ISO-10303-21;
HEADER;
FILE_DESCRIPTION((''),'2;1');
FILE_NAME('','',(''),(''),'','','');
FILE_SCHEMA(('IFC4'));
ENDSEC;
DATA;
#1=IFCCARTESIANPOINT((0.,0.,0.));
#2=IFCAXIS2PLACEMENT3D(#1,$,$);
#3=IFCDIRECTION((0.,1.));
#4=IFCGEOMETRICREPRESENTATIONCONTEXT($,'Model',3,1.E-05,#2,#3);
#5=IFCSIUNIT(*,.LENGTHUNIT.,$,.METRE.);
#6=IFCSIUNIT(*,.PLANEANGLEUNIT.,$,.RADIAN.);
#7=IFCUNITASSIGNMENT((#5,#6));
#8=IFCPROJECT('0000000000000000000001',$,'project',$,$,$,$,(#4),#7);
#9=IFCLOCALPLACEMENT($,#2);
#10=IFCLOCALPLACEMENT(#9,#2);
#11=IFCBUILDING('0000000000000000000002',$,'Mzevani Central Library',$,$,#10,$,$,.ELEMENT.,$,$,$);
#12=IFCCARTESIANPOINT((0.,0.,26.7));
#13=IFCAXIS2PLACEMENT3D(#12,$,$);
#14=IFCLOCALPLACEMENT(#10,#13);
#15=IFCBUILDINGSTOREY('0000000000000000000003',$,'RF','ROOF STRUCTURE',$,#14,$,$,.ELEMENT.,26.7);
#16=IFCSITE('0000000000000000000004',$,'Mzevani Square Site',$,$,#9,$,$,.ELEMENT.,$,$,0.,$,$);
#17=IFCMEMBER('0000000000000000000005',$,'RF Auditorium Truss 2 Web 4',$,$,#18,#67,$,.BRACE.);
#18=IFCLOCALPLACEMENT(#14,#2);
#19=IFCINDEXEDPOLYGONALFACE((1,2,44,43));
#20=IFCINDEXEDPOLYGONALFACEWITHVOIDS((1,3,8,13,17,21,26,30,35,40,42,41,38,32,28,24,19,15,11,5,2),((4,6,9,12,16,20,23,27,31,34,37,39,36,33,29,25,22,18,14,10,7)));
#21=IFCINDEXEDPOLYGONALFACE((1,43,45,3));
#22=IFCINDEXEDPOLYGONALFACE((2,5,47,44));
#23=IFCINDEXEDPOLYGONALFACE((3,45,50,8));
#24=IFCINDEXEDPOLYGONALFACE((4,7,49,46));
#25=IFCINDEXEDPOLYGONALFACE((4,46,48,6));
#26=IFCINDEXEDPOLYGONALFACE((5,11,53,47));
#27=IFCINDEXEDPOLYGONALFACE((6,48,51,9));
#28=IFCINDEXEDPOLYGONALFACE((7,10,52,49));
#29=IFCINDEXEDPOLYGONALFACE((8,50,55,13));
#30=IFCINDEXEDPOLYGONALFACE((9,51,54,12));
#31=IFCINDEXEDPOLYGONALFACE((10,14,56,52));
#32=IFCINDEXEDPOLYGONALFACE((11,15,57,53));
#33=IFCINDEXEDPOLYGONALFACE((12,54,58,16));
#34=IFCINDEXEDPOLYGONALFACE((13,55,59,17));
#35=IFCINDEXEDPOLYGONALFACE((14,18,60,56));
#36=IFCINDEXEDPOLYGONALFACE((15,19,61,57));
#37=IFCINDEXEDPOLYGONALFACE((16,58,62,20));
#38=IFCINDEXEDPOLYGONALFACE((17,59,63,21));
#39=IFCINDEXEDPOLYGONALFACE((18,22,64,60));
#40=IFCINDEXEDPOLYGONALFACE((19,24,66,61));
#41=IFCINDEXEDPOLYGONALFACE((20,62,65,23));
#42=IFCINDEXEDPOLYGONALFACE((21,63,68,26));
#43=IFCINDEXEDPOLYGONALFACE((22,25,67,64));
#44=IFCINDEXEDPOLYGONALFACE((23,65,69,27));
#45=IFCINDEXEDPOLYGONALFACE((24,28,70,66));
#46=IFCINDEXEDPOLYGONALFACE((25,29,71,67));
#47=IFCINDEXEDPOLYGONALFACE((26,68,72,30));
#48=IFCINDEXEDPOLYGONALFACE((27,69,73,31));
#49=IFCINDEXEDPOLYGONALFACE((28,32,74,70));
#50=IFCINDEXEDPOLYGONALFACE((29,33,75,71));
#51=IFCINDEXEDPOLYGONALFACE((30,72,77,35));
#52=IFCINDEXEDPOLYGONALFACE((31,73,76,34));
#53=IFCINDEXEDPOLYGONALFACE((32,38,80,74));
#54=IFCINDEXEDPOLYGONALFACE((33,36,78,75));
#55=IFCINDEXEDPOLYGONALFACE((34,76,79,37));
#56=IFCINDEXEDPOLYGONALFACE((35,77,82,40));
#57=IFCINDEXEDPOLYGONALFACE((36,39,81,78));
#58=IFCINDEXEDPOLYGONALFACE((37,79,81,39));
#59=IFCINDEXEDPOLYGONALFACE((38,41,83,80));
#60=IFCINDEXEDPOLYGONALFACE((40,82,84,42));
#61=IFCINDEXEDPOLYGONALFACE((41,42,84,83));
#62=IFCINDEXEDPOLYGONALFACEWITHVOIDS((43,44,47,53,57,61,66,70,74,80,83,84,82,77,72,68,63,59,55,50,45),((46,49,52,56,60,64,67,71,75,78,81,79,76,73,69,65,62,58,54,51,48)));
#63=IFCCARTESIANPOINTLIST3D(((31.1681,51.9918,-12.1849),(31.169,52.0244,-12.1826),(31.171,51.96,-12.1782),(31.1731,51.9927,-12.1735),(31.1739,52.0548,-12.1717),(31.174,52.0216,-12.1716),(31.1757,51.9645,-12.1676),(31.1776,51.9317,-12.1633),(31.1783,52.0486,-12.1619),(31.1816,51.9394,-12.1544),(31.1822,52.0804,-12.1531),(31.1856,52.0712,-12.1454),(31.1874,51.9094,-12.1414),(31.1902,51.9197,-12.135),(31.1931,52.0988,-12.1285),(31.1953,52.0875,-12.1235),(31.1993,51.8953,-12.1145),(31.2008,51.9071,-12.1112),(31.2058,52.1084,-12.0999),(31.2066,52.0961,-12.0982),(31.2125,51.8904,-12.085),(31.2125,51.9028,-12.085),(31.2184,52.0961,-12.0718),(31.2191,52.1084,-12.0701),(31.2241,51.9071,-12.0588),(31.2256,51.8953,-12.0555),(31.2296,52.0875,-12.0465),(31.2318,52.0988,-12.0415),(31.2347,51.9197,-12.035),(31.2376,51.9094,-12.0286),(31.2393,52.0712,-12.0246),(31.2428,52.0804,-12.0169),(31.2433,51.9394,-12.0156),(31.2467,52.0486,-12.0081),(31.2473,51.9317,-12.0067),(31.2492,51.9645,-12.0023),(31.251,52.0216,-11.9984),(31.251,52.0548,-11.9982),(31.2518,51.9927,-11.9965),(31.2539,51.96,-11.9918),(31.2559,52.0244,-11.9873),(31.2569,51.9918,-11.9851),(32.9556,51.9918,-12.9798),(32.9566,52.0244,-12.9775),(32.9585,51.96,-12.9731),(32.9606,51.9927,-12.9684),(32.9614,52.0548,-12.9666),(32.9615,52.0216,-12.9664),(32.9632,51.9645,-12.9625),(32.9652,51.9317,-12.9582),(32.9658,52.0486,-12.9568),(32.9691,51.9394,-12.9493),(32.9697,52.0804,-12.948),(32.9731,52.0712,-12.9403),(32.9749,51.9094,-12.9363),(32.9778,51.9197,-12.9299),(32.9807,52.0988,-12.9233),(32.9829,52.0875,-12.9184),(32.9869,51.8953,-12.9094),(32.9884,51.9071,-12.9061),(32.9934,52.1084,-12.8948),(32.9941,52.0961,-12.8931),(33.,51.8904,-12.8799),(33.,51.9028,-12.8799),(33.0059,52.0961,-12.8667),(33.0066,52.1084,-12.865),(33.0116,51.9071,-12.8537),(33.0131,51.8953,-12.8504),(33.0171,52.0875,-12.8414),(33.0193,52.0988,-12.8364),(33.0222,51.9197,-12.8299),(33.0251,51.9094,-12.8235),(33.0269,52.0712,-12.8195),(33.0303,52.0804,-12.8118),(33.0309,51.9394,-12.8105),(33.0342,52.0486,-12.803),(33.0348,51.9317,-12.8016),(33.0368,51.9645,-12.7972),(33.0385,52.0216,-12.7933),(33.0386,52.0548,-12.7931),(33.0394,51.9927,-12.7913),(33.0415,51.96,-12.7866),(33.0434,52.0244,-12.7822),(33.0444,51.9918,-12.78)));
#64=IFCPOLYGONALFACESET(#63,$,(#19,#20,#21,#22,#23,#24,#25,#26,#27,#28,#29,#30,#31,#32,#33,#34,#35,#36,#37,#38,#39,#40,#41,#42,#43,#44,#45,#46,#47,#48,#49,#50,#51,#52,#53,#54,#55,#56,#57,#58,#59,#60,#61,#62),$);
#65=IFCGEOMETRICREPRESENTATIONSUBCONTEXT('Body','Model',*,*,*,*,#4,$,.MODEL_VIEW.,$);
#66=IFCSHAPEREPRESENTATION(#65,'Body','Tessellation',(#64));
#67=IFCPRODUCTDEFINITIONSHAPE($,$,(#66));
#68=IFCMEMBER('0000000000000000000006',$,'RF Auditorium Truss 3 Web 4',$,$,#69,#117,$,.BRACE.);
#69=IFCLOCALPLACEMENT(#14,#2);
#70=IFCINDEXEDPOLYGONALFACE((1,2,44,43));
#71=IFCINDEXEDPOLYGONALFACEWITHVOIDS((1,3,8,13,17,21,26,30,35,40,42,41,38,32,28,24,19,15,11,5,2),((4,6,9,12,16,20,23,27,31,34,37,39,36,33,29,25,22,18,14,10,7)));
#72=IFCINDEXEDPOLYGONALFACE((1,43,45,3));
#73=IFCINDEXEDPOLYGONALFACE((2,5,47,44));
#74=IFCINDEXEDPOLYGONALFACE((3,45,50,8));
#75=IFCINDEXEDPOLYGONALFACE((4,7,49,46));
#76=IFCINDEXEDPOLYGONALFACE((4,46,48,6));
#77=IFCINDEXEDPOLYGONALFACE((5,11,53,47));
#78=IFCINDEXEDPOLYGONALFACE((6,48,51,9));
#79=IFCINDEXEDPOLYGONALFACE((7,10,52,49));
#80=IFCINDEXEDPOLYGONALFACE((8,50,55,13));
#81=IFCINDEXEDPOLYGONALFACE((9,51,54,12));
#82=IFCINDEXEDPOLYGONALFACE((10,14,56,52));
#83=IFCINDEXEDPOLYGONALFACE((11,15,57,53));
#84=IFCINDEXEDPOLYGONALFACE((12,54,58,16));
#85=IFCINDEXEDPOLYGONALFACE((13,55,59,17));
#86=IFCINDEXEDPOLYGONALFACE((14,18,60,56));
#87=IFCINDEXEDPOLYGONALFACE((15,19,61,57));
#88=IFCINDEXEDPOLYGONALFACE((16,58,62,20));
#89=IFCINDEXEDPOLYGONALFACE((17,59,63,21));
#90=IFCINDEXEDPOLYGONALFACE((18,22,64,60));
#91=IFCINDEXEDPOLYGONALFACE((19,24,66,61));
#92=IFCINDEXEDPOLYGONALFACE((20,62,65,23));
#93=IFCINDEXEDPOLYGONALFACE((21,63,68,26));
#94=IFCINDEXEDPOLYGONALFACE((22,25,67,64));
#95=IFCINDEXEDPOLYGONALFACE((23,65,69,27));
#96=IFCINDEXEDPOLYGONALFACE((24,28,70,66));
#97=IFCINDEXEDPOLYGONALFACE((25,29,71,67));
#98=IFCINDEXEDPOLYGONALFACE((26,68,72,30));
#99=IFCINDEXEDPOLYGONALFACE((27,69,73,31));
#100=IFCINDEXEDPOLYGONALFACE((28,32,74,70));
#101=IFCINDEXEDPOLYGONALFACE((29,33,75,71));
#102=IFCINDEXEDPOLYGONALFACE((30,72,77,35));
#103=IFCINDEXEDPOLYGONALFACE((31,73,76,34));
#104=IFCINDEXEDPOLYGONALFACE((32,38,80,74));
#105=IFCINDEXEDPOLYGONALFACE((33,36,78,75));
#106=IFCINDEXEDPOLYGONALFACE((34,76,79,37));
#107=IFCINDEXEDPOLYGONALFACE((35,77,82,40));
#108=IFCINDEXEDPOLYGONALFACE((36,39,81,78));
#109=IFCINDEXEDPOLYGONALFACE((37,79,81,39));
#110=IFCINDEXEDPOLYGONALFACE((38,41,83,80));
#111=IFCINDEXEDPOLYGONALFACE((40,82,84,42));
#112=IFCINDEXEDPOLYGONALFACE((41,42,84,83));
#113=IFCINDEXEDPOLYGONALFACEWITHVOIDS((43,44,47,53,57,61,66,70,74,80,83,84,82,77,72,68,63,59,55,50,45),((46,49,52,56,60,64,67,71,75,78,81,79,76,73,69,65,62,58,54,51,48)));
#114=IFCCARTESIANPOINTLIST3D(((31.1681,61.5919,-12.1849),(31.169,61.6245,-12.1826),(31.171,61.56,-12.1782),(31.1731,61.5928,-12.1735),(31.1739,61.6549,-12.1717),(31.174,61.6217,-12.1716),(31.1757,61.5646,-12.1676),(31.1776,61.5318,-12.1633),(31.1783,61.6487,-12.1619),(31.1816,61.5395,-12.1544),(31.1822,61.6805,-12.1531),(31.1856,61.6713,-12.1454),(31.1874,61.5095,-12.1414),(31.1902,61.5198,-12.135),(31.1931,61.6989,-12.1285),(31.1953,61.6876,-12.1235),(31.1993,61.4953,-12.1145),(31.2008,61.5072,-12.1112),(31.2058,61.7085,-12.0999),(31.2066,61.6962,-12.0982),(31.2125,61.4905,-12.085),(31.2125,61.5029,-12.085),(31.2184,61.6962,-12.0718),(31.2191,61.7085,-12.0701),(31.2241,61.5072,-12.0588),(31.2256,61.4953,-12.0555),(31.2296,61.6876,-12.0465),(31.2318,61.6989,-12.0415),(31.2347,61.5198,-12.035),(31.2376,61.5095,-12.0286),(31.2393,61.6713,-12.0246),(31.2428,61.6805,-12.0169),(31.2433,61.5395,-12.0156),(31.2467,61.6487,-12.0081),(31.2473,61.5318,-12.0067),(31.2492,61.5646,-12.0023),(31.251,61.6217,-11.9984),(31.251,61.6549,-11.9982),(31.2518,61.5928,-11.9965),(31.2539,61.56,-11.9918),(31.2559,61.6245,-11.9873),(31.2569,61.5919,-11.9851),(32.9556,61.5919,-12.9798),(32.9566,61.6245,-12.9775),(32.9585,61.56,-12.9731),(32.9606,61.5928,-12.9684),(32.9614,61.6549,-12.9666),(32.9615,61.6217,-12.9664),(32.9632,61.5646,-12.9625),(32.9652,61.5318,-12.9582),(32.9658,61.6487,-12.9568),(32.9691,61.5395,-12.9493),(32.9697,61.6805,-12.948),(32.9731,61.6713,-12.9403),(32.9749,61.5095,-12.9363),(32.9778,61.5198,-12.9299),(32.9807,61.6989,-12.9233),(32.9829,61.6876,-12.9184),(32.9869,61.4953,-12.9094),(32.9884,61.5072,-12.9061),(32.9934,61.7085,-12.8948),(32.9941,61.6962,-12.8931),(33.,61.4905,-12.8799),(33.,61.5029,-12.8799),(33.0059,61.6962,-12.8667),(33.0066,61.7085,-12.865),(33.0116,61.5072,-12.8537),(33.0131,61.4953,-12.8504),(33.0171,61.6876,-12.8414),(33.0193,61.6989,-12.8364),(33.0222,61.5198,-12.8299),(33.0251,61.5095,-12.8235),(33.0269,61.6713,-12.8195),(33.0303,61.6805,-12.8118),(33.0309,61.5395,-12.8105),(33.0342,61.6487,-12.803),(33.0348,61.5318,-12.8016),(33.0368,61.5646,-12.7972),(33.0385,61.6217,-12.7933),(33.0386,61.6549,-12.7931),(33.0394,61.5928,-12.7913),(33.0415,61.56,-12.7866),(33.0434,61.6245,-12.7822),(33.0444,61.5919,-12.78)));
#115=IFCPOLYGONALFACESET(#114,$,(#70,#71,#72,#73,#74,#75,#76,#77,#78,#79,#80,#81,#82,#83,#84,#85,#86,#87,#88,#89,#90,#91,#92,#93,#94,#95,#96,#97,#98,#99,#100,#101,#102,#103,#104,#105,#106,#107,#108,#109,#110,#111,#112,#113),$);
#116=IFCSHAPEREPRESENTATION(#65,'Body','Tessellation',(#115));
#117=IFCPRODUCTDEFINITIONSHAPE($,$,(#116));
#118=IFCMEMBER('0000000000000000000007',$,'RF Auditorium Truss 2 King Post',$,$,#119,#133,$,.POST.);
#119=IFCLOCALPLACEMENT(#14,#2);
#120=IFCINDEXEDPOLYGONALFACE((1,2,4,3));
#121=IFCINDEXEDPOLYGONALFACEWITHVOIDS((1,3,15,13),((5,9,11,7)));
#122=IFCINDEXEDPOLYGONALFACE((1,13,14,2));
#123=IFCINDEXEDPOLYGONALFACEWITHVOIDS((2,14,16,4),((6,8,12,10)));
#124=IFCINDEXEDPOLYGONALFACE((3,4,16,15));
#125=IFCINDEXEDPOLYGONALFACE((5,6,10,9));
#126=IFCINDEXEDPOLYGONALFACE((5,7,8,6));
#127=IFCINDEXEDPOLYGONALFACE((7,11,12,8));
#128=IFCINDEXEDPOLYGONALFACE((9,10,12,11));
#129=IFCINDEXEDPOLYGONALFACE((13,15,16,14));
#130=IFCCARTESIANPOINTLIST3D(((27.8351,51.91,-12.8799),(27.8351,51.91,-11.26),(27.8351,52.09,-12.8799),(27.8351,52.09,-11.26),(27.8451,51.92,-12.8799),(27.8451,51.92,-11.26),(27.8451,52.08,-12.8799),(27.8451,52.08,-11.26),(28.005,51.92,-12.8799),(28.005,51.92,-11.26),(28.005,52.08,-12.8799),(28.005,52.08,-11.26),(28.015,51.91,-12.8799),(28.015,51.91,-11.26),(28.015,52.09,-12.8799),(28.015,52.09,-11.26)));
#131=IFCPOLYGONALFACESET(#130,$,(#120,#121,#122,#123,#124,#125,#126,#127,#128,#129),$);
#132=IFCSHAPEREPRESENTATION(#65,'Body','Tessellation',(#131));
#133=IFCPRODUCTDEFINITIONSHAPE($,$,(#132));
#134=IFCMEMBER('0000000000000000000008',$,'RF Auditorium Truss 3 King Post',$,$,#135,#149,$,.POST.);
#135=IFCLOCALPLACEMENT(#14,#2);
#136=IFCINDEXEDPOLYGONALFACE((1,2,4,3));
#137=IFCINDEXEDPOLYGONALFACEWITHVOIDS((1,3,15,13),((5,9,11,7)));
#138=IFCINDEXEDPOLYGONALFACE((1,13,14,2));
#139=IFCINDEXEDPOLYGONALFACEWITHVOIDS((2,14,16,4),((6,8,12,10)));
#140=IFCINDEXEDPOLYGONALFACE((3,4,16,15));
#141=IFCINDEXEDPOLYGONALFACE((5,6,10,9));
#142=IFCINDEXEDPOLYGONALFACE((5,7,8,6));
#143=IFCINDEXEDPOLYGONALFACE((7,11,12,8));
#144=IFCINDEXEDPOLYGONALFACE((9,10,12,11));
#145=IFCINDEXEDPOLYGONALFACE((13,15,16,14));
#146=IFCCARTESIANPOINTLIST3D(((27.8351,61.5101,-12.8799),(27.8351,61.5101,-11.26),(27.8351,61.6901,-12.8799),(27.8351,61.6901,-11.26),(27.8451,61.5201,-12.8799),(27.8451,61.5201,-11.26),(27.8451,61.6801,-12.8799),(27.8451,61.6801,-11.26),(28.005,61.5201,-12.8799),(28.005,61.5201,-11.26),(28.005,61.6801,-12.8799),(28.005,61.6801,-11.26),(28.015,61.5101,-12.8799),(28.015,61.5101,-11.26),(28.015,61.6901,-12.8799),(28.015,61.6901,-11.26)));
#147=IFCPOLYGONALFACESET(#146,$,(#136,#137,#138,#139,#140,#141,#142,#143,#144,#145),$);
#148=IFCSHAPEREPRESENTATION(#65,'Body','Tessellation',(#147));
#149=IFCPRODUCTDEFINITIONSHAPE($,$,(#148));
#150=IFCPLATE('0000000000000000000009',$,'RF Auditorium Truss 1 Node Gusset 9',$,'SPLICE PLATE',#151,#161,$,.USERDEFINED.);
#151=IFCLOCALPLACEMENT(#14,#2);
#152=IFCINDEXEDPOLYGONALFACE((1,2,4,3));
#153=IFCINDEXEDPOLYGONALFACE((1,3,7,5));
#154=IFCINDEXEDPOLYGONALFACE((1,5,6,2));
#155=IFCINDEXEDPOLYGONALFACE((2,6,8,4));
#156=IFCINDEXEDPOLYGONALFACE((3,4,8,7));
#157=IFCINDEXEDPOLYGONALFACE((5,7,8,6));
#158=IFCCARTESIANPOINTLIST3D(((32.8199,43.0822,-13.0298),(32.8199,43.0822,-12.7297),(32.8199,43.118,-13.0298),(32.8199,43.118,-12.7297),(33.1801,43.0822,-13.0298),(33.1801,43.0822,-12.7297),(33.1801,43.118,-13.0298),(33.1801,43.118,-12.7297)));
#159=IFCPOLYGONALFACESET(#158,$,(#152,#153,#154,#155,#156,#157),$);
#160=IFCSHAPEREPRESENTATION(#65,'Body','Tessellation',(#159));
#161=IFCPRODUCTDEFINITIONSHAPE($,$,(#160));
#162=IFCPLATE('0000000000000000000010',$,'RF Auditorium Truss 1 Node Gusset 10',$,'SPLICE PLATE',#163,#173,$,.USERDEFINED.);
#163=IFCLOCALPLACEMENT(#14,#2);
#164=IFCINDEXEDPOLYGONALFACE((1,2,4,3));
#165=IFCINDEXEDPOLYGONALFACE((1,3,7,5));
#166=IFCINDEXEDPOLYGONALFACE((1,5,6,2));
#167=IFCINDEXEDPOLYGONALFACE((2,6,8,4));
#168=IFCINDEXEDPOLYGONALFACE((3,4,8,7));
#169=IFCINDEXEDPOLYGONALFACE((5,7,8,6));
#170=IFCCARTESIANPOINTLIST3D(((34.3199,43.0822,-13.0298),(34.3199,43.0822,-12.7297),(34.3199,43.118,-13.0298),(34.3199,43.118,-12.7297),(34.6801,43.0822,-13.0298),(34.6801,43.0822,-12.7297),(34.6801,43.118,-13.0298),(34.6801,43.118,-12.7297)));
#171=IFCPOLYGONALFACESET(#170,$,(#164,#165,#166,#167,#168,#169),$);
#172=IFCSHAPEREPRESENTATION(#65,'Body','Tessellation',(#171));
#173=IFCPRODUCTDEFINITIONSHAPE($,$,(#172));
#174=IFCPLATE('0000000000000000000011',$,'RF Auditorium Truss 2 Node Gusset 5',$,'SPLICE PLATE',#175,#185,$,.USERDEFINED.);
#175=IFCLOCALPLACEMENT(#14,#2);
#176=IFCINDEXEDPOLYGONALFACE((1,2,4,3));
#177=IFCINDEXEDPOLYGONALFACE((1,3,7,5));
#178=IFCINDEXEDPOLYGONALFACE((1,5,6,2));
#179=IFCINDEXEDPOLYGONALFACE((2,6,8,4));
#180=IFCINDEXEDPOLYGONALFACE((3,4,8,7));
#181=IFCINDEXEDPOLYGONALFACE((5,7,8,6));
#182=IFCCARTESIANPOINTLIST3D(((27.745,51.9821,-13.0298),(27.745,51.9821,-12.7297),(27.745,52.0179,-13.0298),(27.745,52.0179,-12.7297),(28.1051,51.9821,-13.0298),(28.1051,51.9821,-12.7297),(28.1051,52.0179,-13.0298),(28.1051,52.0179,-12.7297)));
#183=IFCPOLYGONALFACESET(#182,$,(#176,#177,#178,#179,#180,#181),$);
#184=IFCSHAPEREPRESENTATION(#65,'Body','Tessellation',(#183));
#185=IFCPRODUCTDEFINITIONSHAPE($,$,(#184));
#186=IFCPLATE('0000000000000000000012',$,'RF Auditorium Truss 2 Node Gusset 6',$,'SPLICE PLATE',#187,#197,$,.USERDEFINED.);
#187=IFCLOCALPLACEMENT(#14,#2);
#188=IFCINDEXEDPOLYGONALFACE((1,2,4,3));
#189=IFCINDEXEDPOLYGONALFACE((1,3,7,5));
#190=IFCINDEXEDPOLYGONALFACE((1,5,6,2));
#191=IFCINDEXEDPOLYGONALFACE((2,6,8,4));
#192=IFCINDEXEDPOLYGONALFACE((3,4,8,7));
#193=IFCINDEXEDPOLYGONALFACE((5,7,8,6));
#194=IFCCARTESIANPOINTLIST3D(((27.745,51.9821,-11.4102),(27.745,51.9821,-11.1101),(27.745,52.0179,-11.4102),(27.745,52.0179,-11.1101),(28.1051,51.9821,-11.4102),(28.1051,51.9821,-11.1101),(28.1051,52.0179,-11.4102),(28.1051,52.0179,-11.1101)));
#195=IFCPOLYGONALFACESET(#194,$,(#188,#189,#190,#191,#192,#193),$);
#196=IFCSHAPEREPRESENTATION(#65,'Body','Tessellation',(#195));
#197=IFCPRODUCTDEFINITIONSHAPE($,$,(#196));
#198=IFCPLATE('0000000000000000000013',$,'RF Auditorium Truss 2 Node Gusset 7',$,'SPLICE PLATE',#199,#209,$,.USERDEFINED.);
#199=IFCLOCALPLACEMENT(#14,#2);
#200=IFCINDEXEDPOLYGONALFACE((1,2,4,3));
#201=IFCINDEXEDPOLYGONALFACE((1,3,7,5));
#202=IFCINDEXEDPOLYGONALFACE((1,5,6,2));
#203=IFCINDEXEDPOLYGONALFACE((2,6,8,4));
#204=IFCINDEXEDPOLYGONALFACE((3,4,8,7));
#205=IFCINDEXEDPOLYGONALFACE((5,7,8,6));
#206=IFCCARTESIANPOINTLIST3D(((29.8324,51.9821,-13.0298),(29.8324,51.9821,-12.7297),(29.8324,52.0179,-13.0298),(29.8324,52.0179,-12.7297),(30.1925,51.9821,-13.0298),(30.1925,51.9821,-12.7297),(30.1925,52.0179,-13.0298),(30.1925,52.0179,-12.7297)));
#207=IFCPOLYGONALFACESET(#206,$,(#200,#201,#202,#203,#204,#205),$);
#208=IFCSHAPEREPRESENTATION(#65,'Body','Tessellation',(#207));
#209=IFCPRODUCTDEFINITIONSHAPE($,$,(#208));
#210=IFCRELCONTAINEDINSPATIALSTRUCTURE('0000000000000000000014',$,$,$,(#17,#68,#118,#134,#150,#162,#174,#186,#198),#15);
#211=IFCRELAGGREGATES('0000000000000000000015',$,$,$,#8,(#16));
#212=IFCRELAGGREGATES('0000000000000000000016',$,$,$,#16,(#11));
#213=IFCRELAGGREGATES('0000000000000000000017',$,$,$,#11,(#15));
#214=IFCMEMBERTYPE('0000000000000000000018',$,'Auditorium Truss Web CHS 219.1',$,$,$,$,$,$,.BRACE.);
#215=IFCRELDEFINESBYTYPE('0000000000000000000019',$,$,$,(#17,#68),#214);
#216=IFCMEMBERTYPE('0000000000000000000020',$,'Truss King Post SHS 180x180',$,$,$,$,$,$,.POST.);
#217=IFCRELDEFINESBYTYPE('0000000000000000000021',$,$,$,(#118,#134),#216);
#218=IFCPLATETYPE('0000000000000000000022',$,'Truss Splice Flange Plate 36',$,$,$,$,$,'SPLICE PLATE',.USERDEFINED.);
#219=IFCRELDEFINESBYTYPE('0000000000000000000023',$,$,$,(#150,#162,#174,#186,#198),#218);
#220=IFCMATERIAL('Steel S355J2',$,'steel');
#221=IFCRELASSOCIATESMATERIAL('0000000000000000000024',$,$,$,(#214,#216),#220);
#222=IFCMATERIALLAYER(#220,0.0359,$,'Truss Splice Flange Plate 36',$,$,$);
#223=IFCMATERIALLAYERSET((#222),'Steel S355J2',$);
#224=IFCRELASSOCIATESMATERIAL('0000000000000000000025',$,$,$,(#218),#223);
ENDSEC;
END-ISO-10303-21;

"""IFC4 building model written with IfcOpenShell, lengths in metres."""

from ifc_helpers import new_model, si_unit, direction, frame, origin, origin_2d, place, context, subcontext, project, spatial, rectangle, hollow_rectangle, hollow_circle, extrude, material, layer, layer_set, material_profile, profile_set, type_object, element, save


model = new_model("IFC4")

# Units and contexts
model_context = context("Model", 3, precision=1e-05, world=origin(), true_north=direction((0.0, 1.0)))
body_context = subcontext(model_context, "Body", "Model", "MODEL_VIEW")
ifc_project = project(units=[si_unit("LENGTHUNIT", "METRE"), si_unit("PLANEANGLEUNIT", "RADIAN")], contexts=[model_context])

# Site, building, storey
site_placement = place(None, origin())
site = spatial("IfcSite", under=ifc_project, at=site_placement, Name="Mzevani Square Site", CompositionType="ELEMENT", RefElevation=0.0)
building_placement = place(site_placement, origin())
building = spatial("IfcBuilding", under=site, at=building_placement, Name="Mzevani Central Library", CompositionType="ELEMENT")
storey_placement = place(building_placement, frame((0.0, 0.0, 26.7)))
storey = spatial("IfcBuildingStorey", under=building, at=storey_placement, Name="RF", Description="ROOF STRUCTURE", CompositionType="ELEMENT", Elevation=26.7)

# Shared definitions
ifc_material = material(Name="Steel S355J2", Category="steel")

# Members
ifc_material_profile_1 = material_profile(ifc_material, hollow_circle(Radius=0.1096, WallThickness=0.0125, at=origin_2d()), Name="CHS 219.1x12.5")
ifc_profile_set_1 = profile_set([ifc_material_profile_1], Name="Steel S355J2")
member_type_1 = type_object("IfcMemberType", Name="Auditorium Truss Web CHS 219.1", PredefinedType="BRACE", material=ifc_profile_set_1)
for number, where, z_axis, x_axis, name in (
    (1, (33.0, 52.0, -12.8799), (-0.913729, 0.0, 0.406324), (0.0, -1.0, 0.0), "RF Auditorium Truss 2 Web 4"),
    (2, (33.0, 61.6001, -12.8799), (-0.913729, 0.0, 0.406324), (0.0, -1.0, 0.0), "RF Auditorium Truss 3 Web 4"),
):
    element("IfcMember", number, at=place(storey_placement, frame(where, z_axis=z_axis, x_axis=x_axis)), inside=storey, type_object=member_type_1, Name=name, PredefinedType="BRACE", context=body_context, shape_type="SweptSolid", body=[
        extrude(hollow_circle(Radius=0.1096, WallThickness=0.0125, at=origin_2d()), origin(), (0.0, 0.0, 1.0), 1.9563),
    ])
ifc_material_profile_2 = material_profile(ifc_material, hollow_rectangle(XDim=0.1799, YDim=0.1799, WallThickness=0.01, at=origin_2d()), Name="SHS 180x180x10.0")
ifc_profile_set_2 = profile_set([ifc_material_profile_2], Name="Steel S355J2")
member_type_2 = type_object("IfcMemberType", Name="Truss King Post SHS 180x180", PredefinedType="POST", material=ifc_profile_set_2)
for number, where, z_axis, x_axis, name in (
    (3, (27.925, 52.0, -12.8799), (0.0, 0.0, 1.0), (1.0, 0.0, 0.0), "RF Auditorium Truss 2 King Post"),
    (4, (27.925, 61.6001, -12.8799), (0.0, 0.0, 1.0), (1.0, 0.0, 0.0), "RF Auditorium Truss 3 King Post"),
):
    element("IfcMember", number, at=place(storey_placement, frame(where, z_axis=z_axis, x_axis=x_axis)), inside=storey, type_object=member_type_2, Name=name, PredefinedType="POST", context=body_context, shape_type="SweptSolid", body=[
        extrude(hollow_rectangle(XDim=0.1799, YDim=0.1799, WallThickness=0.01, at=origin_2d()), origin(), (0.0, 0.0, 1.0), 1.6199),
    ])

# Plates
ifc_layer = layer(ifc_material, 0.0359, Name="Truss Splice Flange Plate 36")
ifc_layer_set = layer_set([ifc_layer], Name="Steel S355J2")
plate_type = type_object("IfcPlateType", Name="Truss Splice Flange Plate 36", ElementType="SPLICE PLATE", PredefinedType="USERDEFINED", material=ifc_layer_set)
for number, where, z_axis, x_axis, name in (
    (5, (33.0, 43.1001, -13.0298), (0.0, 0.0, 1.0), (1.0, 0.0, 0.0), "RF Auditorium Truss 1 Node Gusset 9"),
    (6, (34.5, 43.1001, -13.0298), (0.0, 0.0, 1.0), (1.0, 0.0, 0.0), "RF Auditorium Truss 1 Node Gusset 10"),
    (7, (27.925, 52.0, -13.0298), (0.0, 0.0, 1.0), (1.0, 0.0, 0.0), "RF Auditorium Truss 2 Node Gusset 5"),
    (8, (27.925, 52.0, -11.4102), (0.0, 0.0, 1.0), (1.0, 0.0, 0.0), "RF Auditorium Truss 2 Node Gusset 6"),
    (9, (30.0125, 52.0, -13.0298), (0.0, 0.0, 1.0), (1.0, 0.0, 0.0), "RF Auditorium Truss 2 Node Gusset 7"),
):
    element("IfcPlate", number, at=place(storey_placement, frame(where, z_axis=z_axis, x_axis=x_axis)), inside=storey, type_object=plate_type, Name=name, ObjectType="SPLICE PLATE", PredefinedType="USERDEFINED", context=body_context, shape_type="SweptSolid", body=[
        extrude(rectangle(XDim=0.3601, YDim=0.0359, at=origin_2d()), origin(), (0.0, 0.0, 1.0), 0.3),
    ])

save(model, "model.ifc")
